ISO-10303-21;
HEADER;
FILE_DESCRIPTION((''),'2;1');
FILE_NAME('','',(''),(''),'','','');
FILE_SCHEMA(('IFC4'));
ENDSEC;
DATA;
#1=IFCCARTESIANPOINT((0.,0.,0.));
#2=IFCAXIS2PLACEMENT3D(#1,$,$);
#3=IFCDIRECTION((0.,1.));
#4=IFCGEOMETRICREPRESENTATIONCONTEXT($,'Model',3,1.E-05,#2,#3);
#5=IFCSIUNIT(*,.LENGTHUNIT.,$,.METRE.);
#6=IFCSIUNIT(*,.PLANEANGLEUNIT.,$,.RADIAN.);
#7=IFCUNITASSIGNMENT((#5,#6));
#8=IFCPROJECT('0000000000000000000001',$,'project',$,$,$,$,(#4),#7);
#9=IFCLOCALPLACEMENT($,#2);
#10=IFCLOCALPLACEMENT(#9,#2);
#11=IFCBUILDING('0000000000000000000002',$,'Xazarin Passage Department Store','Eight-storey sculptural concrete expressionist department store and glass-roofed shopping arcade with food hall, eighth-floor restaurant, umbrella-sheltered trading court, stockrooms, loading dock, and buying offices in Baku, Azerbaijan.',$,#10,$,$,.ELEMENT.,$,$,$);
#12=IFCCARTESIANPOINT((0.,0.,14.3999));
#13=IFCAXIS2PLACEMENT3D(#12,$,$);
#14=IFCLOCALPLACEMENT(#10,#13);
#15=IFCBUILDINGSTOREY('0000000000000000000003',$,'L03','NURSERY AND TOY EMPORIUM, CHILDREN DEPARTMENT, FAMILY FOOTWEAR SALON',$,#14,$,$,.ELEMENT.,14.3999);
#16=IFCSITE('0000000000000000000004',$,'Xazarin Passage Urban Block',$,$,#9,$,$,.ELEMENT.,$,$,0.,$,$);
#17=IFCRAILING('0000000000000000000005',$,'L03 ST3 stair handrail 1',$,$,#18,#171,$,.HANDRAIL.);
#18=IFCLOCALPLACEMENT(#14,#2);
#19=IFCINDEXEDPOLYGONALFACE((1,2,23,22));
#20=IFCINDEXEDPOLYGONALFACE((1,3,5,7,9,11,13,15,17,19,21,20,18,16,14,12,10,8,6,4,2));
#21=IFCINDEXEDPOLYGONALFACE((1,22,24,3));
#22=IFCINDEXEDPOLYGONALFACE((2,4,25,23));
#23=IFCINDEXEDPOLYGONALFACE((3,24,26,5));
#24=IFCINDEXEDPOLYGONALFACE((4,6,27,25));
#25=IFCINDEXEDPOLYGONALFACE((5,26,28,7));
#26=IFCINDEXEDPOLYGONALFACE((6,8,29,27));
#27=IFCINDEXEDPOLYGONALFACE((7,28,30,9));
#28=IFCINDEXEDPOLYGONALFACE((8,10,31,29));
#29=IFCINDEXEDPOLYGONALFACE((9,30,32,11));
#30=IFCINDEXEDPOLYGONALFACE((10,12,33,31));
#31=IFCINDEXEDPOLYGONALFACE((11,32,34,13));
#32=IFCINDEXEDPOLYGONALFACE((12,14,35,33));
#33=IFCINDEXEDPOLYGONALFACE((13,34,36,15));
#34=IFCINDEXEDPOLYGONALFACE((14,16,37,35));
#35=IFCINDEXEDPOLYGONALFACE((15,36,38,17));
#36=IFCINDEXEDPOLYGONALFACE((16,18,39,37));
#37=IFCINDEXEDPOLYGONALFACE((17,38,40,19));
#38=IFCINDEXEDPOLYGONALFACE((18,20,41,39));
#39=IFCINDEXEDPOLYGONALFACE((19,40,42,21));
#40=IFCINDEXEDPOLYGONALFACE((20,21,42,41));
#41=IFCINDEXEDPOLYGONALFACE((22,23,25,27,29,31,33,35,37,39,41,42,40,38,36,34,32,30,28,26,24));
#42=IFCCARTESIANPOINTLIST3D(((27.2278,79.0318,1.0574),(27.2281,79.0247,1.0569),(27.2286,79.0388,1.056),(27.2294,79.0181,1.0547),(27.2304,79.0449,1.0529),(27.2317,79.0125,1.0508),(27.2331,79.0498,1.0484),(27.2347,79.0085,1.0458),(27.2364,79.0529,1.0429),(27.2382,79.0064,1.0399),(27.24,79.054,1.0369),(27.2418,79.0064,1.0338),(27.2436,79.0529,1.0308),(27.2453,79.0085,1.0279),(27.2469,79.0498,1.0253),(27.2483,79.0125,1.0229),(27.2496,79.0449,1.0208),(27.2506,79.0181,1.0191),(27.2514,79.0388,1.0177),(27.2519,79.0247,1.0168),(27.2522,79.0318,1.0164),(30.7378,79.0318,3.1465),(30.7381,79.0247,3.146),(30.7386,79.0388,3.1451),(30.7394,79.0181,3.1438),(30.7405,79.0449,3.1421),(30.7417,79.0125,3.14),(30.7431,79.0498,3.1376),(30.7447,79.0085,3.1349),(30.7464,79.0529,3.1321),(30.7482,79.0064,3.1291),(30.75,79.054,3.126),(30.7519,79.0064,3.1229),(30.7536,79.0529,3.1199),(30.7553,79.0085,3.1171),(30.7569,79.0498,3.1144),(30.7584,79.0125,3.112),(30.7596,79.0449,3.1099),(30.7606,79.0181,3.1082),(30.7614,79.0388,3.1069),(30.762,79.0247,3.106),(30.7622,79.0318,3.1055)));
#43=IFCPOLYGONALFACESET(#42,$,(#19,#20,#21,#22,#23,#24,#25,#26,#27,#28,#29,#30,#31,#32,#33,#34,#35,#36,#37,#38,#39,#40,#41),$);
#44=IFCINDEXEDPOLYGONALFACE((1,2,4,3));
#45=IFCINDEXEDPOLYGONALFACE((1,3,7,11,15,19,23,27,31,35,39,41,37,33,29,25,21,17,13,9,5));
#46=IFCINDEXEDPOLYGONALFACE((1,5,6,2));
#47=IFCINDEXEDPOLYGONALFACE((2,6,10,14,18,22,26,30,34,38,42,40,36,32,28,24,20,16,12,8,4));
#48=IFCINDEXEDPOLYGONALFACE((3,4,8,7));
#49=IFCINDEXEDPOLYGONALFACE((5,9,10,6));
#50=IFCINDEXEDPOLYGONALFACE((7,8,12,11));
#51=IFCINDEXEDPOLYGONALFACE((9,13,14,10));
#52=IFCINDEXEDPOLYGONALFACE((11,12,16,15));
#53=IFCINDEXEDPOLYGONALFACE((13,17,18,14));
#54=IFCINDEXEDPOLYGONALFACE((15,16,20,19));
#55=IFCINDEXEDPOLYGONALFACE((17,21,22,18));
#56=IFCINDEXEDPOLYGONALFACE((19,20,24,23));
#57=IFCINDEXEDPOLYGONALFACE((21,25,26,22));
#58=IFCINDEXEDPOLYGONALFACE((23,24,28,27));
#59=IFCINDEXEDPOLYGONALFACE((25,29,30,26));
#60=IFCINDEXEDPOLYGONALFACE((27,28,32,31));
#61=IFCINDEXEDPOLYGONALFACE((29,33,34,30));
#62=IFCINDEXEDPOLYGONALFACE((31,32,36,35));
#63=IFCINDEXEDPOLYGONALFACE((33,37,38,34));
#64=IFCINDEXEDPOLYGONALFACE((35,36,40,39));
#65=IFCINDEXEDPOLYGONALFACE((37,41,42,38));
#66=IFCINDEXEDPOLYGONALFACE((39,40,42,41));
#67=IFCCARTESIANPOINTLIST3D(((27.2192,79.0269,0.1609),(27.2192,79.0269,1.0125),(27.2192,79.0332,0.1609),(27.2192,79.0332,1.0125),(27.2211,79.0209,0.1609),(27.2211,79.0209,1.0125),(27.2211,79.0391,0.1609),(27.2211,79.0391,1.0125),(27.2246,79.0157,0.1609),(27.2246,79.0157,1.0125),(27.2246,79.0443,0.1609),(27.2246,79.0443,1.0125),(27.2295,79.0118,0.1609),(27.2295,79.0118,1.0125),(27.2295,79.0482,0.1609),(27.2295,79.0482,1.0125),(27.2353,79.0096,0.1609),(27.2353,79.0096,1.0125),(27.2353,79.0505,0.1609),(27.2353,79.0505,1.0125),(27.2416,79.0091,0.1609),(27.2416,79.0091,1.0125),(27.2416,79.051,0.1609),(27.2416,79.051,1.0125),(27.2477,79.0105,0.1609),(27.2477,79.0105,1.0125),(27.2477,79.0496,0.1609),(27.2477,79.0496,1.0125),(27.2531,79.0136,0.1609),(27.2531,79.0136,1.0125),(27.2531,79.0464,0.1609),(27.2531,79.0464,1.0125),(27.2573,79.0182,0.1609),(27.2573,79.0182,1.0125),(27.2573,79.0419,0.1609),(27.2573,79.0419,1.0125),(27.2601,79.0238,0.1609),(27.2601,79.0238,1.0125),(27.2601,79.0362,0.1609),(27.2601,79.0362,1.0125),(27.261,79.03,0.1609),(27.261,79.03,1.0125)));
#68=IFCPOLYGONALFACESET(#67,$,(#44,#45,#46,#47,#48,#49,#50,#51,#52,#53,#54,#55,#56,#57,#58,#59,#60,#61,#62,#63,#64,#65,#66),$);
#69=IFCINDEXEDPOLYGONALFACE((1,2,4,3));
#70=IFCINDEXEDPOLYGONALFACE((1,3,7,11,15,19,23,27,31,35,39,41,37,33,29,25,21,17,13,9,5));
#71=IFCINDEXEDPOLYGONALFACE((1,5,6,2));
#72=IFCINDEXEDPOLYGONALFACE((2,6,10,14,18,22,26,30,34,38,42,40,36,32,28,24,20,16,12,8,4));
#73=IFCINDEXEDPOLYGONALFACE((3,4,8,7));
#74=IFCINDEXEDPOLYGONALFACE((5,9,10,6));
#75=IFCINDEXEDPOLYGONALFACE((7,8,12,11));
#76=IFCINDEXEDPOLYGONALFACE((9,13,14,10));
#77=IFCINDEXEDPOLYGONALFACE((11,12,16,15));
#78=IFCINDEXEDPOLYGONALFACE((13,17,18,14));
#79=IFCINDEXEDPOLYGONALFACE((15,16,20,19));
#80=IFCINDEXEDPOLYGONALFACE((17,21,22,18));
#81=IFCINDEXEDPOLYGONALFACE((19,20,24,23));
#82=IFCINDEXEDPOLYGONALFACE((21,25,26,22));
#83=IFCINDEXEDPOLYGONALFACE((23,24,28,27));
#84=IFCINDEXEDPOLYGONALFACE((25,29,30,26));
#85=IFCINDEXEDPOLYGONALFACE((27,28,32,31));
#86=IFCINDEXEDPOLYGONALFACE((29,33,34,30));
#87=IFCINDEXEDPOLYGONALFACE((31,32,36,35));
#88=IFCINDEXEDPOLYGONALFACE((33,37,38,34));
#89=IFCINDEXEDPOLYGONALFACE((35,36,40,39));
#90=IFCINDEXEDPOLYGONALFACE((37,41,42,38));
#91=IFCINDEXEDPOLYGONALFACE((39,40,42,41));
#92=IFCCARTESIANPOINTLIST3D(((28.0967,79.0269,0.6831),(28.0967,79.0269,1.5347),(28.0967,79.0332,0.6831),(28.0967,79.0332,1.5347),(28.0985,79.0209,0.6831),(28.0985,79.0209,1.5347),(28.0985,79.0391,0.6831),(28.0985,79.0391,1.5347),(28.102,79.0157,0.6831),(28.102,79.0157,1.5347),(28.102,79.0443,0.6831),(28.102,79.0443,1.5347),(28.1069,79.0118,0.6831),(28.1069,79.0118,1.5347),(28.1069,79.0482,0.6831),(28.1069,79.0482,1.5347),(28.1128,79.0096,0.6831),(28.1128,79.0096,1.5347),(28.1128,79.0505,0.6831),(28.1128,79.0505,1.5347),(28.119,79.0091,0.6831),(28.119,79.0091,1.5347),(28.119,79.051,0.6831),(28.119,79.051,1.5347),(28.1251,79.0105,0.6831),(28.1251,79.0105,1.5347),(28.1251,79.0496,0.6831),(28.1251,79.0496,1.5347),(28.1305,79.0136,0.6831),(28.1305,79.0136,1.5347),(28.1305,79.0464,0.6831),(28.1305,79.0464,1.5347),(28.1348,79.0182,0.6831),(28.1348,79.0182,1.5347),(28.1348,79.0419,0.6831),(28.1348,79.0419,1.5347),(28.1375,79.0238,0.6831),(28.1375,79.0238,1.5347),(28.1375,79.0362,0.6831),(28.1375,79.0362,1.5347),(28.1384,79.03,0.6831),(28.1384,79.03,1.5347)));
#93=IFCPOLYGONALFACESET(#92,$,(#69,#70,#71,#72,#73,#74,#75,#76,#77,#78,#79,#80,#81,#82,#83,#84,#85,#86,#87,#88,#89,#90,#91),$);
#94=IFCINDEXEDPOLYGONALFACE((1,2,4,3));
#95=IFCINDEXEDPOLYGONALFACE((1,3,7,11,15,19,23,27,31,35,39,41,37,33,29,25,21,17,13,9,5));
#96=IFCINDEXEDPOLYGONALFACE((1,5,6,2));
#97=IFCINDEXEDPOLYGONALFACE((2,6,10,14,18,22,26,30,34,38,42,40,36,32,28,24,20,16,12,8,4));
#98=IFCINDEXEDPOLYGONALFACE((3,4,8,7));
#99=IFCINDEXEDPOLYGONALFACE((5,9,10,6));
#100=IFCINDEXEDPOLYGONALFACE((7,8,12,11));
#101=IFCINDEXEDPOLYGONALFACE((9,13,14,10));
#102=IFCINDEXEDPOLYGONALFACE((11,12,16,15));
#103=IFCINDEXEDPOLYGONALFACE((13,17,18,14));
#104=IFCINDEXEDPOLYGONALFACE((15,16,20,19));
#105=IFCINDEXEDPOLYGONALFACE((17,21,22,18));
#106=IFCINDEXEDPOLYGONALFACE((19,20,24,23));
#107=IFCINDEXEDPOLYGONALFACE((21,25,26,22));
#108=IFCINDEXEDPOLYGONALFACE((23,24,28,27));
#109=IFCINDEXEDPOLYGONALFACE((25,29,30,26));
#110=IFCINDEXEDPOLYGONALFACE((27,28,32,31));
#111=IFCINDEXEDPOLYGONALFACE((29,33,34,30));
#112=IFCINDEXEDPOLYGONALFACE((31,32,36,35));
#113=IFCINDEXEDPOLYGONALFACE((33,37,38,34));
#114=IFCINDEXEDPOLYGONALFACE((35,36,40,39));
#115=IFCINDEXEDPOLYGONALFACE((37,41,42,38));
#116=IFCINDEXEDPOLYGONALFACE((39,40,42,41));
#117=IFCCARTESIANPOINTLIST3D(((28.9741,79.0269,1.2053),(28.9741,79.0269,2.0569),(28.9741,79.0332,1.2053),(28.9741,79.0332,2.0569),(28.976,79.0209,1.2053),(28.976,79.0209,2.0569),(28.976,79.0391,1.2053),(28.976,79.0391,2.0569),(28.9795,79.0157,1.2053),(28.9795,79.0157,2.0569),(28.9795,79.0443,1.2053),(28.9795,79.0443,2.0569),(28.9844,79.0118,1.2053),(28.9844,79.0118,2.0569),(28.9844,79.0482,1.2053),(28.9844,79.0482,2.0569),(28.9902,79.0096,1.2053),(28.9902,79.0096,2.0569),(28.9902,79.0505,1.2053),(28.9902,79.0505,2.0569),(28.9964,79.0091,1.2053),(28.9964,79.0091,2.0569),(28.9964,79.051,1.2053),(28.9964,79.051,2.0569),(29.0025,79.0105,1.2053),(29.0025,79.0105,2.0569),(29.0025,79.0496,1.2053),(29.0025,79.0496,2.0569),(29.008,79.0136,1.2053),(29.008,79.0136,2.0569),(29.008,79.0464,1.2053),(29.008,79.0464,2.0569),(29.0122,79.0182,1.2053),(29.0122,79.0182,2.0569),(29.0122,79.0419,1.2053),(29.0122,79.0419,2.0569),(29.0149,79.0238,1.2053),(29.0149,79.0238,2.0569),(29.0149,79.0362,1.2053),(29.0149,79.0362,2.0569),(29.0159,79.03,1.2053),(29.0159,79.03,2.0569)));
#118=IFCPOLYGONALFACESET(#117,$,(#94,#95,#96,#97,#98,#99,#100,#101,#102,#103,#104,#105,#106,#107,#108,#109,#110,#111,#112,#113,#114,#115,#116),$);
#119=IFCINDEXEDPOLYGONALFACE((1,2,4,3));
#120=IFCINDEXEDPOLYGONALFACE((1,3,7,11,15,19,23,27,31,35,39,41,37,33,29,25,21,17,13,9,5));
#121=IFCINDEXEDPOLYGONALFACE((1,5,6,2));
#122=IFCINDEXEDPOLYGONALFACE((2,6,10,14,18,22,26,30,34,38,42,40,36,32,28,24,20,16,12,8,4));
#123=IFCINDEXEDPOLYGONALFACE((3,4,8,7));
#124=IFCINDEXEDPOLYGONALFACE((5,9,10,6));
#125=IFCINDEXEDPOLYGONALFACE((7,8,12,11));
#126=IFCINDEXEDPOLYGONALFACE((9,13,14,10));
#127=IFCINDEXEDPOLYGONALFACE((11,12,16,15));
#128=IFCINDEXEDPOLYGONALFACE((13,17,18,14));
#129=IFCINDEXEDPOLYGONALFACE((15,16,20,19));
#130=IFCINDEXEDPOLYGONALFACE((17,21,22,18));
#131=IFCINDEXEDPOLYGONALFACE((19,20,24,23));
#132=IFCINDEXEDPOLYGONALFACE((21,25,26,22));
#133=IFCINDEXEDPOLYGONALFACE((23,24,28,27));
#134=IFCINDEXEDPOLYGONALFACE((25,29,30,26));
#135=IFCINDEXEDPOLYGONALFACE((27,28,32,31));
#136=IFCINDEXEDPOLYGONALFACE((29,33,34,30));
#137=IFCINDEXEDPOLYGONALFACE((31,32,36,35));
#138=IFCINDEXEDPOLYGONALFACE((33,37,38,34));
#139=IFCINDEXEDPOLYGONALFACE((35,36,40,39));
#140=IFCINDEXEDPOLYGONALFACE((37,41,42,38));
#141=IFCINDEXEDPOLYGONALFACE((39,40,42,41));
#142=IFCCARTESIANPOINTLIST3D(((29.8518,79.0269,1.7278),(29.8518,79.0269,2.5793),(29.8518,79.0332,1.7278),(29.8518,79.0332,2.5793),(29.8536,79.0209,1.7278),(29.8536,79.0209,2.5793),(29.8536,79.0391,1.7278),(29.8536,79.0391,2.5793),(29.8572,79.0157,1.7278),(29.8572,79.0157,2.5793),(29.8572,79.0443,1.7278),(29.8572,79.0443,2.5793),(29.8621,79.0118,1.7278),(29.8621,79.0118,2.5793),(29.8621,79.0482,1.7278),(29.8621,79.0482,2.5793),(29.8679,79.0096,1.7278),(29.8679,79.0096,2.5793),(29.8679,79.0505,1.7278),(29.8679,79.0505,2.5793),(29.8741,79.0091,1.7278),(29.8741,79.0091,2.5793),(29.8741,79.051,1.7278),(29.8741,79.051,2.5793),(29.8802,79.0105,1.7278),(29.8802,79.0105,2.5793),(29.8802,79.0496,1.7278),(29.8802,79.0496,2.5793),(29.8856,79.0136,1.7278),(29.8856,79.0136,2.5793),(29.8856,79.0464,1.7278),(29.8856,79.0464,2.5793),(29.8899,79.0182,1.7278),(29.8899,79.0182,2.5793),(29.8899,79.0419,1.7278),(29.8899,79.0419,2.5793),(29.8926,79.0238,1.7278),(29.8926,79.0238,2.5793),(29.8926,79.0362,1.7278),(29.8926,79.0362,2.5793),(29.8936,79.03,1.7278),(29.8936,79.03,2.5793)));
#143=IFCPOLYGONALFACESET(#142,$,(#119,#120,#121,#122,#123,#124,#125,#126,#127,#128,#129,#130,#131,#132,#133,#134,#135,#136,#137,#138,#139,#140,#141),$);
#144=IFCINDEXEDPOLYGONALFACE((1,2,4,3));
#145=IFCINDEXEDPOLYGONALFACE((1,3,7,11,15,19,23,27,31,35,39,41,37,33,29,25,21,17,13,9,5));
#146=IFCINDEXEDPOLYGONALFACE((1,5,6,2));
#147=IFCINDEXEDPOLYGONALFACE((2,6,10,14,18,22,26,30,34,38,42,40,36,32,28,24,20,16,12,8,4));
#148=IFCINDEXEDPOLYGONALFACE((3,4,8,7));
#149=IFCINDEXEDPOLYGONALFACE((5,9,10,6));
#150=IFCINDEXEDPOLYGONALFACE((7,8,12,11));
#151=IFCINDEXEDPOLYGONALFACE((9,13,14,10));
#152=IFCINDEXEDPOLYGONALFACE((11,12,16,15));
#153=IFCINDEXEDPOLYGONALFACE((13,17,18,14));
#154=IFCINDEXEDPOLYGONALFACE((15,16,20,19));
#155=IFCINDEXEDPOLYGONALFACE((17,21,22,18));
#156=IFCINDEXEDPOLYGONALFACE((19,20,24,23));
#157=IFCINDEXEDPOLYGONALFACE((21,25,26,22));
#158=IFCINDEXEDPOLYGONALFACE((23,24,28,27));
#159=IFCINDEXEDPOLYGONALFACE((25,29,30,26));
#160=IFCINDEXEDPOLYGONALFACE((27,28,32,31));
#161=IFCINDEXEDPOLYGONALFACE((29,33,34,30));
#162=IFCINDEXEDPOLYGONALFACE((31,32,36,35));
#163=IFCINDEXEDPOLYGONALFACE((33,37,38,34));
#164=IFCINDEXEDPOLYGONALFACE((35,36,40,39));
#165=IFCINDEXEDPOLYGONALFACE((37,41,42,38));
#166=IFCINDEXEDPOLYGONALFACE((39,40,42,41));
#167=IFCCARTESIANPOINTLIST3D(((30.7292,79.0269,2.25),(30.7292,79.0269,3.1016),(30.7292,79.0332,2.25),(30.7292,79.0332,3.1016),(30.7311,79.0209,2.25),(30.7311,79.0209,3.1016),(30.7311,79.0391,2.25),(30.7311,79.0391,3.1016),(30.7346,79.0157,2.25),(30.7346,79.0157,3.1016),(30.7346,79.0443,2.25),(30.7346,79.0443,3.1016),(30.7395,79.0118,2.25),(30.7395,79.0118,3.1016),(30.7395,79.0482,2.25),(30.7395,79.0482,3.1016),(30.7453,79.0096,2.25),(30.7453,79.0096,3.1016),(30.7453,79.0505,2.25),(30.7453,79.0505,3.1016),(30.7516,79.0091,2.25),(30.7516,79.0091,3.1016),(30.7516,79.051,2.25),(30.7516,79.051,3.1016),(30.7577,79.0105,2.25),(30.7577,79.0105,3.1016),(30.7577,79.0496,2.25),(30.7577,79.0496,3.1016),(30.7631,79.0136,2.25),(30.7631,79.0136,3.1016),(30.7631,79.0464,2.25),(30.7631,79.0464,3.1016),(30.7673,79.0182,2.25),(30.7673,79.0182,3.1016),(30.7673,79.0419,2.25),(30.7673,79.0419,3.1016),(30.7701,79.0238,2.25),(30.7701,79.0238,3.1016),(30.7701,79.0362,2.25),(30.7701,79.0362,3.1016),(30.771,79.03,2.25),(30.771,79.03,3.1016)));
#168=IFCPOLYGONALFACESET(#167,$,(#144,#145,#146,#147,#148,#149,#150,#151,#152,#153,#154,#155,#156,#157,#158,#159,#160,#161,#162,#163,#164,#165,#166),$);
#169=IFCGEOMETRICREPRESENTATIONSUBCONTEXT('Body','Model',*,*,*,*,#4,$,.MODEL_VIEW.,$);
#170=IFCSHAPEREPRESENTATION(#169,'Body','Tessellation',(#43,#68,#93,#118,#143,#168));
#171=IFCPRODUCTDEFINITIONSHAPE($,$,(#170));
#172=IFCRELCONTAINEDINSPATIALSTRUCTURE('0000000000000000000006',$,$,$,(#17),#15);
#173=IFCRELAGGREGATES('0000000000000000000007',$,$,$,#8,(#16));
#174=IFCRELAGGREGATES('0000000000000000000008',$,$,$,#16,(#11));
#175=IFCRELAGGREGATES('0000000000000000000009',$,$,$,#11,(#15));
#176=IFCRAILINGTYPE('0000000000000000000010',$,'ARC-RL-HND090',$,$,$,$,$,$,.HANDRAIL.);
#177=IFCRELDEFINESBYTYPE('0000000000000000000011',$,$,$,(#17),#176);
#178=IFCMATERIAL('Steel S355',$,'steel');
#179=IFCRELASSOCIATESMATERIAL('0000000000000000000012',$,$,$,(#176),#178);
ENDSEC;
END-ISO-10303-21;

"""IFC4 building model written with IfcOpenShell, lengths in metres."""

from ifc_helpers import new_model, si_unit, direction, frame, origin, origin_2d, place, context, subcontext, project, spatial, circle, extrude, material, type_object, element, save


model = new_model("IFC4")

# Units and contexts
model_context = context("Model", 3, precision=1e-05, world=origin(), true_north=direction((0.0, 1.0)))
body_context = subcontext(model_context, "Body", "Model", "MODEL_VIEW")
ifc_project = project(units=[si_unit("LENGTHUNIT", "METRE"), si_unit("PLANEANGLEUNIT", "RADIAN")], contexts=[model_context])

# Site, building, storey
site_placement = place(None, origin())
site = spatial("IfcSite", under=ifc_project, at=site_placement, Name="Xazarin Passage Urban Block", CompositionType="ELEMENT", RefElevation=0.0)
building_placement = place(site_placement, origin())
building = spatial("IfcBuilding", under=site, at=building_placement, Name="Xazarin Passage Department Store", Description="Eight-storey sculptural concrete expressionist department store and glass-roofed shopping arcade with food hall, eighth-floor restaurant, umbrella-sheltered trading court, stockrooms, loading dock, and buying offices in Baku, Azerbaijan.", CompositionType="ELEMENT")
storey_placement = place(building_placement, frame((0.0, 0.0, 14.3999)))
storey = spatial("IfcBuildingStorey", under=building, at=storey_placement, Name="L03", Description="NURSERY AND TOY EMPORIUM, CHILDREN DEPARTMENT, FAMILY FOOTWEAR SALON", CompositionType="ELEMENT", Elevation=14.3999)

# Railing
ifc_material_1 = material(Name="Steel S355", Category="steel")
railing_type_1 = type_object("IfcRailingType", Name="ARC-RL-HND090", PredefinedType="HANDRAIL", material=ifc_material_1)
railing_1_placement = place(storey_placement, frame((27.24, 79.03, 0.1609)))
element("IfcRailing", 1, at=railing_1_placement, inside=storey, type_object=railing_type_1, Name="L03 ST3 stair handrail 1", PredefinedType="HANDRAIL", context=body_context, shape_type="SweptSolid", body=[
    extrude(circle(Radius=0.0239, at=origin_2d()), frame((0.0, 0.0, 0.876), z_axis=(0.859312, 0.0, 0.511451), x_axis=(0.0, 1.0, 0.0)), (0.0, 0.0, 1.0), 4.0847),
    extrude(circle(Radius=0.021, at=origin_2d()), origin(), (0.0, 0.0, 1.0), 0.8516),
    extrude(circle(Radius=0.021, at=origin_2d()), frame((0.8774, 0.0, 0.5222)), (0.0, 0.0, 1.0), 0.8516),
    extrude(circle(Radius=0.021, at=origin_2d()), frame((1.7549, 0.0, 1.0444)), (0.0, 0.0, 1.0), 0.8516),
    extrude(circle(Radius=0.021, at=origin_2d()), frame((2.6326, 0.0, 1.5669)), (0.0, 0.0, 1.0), 0.8516),
    extrude(circle(Radius=0.021, at=origin_2d()), frame((3.51, 0.0, 2.0891)), (0.0, 0.0, 1.0), 0.8516),
])

save(model, "model.ifc")
